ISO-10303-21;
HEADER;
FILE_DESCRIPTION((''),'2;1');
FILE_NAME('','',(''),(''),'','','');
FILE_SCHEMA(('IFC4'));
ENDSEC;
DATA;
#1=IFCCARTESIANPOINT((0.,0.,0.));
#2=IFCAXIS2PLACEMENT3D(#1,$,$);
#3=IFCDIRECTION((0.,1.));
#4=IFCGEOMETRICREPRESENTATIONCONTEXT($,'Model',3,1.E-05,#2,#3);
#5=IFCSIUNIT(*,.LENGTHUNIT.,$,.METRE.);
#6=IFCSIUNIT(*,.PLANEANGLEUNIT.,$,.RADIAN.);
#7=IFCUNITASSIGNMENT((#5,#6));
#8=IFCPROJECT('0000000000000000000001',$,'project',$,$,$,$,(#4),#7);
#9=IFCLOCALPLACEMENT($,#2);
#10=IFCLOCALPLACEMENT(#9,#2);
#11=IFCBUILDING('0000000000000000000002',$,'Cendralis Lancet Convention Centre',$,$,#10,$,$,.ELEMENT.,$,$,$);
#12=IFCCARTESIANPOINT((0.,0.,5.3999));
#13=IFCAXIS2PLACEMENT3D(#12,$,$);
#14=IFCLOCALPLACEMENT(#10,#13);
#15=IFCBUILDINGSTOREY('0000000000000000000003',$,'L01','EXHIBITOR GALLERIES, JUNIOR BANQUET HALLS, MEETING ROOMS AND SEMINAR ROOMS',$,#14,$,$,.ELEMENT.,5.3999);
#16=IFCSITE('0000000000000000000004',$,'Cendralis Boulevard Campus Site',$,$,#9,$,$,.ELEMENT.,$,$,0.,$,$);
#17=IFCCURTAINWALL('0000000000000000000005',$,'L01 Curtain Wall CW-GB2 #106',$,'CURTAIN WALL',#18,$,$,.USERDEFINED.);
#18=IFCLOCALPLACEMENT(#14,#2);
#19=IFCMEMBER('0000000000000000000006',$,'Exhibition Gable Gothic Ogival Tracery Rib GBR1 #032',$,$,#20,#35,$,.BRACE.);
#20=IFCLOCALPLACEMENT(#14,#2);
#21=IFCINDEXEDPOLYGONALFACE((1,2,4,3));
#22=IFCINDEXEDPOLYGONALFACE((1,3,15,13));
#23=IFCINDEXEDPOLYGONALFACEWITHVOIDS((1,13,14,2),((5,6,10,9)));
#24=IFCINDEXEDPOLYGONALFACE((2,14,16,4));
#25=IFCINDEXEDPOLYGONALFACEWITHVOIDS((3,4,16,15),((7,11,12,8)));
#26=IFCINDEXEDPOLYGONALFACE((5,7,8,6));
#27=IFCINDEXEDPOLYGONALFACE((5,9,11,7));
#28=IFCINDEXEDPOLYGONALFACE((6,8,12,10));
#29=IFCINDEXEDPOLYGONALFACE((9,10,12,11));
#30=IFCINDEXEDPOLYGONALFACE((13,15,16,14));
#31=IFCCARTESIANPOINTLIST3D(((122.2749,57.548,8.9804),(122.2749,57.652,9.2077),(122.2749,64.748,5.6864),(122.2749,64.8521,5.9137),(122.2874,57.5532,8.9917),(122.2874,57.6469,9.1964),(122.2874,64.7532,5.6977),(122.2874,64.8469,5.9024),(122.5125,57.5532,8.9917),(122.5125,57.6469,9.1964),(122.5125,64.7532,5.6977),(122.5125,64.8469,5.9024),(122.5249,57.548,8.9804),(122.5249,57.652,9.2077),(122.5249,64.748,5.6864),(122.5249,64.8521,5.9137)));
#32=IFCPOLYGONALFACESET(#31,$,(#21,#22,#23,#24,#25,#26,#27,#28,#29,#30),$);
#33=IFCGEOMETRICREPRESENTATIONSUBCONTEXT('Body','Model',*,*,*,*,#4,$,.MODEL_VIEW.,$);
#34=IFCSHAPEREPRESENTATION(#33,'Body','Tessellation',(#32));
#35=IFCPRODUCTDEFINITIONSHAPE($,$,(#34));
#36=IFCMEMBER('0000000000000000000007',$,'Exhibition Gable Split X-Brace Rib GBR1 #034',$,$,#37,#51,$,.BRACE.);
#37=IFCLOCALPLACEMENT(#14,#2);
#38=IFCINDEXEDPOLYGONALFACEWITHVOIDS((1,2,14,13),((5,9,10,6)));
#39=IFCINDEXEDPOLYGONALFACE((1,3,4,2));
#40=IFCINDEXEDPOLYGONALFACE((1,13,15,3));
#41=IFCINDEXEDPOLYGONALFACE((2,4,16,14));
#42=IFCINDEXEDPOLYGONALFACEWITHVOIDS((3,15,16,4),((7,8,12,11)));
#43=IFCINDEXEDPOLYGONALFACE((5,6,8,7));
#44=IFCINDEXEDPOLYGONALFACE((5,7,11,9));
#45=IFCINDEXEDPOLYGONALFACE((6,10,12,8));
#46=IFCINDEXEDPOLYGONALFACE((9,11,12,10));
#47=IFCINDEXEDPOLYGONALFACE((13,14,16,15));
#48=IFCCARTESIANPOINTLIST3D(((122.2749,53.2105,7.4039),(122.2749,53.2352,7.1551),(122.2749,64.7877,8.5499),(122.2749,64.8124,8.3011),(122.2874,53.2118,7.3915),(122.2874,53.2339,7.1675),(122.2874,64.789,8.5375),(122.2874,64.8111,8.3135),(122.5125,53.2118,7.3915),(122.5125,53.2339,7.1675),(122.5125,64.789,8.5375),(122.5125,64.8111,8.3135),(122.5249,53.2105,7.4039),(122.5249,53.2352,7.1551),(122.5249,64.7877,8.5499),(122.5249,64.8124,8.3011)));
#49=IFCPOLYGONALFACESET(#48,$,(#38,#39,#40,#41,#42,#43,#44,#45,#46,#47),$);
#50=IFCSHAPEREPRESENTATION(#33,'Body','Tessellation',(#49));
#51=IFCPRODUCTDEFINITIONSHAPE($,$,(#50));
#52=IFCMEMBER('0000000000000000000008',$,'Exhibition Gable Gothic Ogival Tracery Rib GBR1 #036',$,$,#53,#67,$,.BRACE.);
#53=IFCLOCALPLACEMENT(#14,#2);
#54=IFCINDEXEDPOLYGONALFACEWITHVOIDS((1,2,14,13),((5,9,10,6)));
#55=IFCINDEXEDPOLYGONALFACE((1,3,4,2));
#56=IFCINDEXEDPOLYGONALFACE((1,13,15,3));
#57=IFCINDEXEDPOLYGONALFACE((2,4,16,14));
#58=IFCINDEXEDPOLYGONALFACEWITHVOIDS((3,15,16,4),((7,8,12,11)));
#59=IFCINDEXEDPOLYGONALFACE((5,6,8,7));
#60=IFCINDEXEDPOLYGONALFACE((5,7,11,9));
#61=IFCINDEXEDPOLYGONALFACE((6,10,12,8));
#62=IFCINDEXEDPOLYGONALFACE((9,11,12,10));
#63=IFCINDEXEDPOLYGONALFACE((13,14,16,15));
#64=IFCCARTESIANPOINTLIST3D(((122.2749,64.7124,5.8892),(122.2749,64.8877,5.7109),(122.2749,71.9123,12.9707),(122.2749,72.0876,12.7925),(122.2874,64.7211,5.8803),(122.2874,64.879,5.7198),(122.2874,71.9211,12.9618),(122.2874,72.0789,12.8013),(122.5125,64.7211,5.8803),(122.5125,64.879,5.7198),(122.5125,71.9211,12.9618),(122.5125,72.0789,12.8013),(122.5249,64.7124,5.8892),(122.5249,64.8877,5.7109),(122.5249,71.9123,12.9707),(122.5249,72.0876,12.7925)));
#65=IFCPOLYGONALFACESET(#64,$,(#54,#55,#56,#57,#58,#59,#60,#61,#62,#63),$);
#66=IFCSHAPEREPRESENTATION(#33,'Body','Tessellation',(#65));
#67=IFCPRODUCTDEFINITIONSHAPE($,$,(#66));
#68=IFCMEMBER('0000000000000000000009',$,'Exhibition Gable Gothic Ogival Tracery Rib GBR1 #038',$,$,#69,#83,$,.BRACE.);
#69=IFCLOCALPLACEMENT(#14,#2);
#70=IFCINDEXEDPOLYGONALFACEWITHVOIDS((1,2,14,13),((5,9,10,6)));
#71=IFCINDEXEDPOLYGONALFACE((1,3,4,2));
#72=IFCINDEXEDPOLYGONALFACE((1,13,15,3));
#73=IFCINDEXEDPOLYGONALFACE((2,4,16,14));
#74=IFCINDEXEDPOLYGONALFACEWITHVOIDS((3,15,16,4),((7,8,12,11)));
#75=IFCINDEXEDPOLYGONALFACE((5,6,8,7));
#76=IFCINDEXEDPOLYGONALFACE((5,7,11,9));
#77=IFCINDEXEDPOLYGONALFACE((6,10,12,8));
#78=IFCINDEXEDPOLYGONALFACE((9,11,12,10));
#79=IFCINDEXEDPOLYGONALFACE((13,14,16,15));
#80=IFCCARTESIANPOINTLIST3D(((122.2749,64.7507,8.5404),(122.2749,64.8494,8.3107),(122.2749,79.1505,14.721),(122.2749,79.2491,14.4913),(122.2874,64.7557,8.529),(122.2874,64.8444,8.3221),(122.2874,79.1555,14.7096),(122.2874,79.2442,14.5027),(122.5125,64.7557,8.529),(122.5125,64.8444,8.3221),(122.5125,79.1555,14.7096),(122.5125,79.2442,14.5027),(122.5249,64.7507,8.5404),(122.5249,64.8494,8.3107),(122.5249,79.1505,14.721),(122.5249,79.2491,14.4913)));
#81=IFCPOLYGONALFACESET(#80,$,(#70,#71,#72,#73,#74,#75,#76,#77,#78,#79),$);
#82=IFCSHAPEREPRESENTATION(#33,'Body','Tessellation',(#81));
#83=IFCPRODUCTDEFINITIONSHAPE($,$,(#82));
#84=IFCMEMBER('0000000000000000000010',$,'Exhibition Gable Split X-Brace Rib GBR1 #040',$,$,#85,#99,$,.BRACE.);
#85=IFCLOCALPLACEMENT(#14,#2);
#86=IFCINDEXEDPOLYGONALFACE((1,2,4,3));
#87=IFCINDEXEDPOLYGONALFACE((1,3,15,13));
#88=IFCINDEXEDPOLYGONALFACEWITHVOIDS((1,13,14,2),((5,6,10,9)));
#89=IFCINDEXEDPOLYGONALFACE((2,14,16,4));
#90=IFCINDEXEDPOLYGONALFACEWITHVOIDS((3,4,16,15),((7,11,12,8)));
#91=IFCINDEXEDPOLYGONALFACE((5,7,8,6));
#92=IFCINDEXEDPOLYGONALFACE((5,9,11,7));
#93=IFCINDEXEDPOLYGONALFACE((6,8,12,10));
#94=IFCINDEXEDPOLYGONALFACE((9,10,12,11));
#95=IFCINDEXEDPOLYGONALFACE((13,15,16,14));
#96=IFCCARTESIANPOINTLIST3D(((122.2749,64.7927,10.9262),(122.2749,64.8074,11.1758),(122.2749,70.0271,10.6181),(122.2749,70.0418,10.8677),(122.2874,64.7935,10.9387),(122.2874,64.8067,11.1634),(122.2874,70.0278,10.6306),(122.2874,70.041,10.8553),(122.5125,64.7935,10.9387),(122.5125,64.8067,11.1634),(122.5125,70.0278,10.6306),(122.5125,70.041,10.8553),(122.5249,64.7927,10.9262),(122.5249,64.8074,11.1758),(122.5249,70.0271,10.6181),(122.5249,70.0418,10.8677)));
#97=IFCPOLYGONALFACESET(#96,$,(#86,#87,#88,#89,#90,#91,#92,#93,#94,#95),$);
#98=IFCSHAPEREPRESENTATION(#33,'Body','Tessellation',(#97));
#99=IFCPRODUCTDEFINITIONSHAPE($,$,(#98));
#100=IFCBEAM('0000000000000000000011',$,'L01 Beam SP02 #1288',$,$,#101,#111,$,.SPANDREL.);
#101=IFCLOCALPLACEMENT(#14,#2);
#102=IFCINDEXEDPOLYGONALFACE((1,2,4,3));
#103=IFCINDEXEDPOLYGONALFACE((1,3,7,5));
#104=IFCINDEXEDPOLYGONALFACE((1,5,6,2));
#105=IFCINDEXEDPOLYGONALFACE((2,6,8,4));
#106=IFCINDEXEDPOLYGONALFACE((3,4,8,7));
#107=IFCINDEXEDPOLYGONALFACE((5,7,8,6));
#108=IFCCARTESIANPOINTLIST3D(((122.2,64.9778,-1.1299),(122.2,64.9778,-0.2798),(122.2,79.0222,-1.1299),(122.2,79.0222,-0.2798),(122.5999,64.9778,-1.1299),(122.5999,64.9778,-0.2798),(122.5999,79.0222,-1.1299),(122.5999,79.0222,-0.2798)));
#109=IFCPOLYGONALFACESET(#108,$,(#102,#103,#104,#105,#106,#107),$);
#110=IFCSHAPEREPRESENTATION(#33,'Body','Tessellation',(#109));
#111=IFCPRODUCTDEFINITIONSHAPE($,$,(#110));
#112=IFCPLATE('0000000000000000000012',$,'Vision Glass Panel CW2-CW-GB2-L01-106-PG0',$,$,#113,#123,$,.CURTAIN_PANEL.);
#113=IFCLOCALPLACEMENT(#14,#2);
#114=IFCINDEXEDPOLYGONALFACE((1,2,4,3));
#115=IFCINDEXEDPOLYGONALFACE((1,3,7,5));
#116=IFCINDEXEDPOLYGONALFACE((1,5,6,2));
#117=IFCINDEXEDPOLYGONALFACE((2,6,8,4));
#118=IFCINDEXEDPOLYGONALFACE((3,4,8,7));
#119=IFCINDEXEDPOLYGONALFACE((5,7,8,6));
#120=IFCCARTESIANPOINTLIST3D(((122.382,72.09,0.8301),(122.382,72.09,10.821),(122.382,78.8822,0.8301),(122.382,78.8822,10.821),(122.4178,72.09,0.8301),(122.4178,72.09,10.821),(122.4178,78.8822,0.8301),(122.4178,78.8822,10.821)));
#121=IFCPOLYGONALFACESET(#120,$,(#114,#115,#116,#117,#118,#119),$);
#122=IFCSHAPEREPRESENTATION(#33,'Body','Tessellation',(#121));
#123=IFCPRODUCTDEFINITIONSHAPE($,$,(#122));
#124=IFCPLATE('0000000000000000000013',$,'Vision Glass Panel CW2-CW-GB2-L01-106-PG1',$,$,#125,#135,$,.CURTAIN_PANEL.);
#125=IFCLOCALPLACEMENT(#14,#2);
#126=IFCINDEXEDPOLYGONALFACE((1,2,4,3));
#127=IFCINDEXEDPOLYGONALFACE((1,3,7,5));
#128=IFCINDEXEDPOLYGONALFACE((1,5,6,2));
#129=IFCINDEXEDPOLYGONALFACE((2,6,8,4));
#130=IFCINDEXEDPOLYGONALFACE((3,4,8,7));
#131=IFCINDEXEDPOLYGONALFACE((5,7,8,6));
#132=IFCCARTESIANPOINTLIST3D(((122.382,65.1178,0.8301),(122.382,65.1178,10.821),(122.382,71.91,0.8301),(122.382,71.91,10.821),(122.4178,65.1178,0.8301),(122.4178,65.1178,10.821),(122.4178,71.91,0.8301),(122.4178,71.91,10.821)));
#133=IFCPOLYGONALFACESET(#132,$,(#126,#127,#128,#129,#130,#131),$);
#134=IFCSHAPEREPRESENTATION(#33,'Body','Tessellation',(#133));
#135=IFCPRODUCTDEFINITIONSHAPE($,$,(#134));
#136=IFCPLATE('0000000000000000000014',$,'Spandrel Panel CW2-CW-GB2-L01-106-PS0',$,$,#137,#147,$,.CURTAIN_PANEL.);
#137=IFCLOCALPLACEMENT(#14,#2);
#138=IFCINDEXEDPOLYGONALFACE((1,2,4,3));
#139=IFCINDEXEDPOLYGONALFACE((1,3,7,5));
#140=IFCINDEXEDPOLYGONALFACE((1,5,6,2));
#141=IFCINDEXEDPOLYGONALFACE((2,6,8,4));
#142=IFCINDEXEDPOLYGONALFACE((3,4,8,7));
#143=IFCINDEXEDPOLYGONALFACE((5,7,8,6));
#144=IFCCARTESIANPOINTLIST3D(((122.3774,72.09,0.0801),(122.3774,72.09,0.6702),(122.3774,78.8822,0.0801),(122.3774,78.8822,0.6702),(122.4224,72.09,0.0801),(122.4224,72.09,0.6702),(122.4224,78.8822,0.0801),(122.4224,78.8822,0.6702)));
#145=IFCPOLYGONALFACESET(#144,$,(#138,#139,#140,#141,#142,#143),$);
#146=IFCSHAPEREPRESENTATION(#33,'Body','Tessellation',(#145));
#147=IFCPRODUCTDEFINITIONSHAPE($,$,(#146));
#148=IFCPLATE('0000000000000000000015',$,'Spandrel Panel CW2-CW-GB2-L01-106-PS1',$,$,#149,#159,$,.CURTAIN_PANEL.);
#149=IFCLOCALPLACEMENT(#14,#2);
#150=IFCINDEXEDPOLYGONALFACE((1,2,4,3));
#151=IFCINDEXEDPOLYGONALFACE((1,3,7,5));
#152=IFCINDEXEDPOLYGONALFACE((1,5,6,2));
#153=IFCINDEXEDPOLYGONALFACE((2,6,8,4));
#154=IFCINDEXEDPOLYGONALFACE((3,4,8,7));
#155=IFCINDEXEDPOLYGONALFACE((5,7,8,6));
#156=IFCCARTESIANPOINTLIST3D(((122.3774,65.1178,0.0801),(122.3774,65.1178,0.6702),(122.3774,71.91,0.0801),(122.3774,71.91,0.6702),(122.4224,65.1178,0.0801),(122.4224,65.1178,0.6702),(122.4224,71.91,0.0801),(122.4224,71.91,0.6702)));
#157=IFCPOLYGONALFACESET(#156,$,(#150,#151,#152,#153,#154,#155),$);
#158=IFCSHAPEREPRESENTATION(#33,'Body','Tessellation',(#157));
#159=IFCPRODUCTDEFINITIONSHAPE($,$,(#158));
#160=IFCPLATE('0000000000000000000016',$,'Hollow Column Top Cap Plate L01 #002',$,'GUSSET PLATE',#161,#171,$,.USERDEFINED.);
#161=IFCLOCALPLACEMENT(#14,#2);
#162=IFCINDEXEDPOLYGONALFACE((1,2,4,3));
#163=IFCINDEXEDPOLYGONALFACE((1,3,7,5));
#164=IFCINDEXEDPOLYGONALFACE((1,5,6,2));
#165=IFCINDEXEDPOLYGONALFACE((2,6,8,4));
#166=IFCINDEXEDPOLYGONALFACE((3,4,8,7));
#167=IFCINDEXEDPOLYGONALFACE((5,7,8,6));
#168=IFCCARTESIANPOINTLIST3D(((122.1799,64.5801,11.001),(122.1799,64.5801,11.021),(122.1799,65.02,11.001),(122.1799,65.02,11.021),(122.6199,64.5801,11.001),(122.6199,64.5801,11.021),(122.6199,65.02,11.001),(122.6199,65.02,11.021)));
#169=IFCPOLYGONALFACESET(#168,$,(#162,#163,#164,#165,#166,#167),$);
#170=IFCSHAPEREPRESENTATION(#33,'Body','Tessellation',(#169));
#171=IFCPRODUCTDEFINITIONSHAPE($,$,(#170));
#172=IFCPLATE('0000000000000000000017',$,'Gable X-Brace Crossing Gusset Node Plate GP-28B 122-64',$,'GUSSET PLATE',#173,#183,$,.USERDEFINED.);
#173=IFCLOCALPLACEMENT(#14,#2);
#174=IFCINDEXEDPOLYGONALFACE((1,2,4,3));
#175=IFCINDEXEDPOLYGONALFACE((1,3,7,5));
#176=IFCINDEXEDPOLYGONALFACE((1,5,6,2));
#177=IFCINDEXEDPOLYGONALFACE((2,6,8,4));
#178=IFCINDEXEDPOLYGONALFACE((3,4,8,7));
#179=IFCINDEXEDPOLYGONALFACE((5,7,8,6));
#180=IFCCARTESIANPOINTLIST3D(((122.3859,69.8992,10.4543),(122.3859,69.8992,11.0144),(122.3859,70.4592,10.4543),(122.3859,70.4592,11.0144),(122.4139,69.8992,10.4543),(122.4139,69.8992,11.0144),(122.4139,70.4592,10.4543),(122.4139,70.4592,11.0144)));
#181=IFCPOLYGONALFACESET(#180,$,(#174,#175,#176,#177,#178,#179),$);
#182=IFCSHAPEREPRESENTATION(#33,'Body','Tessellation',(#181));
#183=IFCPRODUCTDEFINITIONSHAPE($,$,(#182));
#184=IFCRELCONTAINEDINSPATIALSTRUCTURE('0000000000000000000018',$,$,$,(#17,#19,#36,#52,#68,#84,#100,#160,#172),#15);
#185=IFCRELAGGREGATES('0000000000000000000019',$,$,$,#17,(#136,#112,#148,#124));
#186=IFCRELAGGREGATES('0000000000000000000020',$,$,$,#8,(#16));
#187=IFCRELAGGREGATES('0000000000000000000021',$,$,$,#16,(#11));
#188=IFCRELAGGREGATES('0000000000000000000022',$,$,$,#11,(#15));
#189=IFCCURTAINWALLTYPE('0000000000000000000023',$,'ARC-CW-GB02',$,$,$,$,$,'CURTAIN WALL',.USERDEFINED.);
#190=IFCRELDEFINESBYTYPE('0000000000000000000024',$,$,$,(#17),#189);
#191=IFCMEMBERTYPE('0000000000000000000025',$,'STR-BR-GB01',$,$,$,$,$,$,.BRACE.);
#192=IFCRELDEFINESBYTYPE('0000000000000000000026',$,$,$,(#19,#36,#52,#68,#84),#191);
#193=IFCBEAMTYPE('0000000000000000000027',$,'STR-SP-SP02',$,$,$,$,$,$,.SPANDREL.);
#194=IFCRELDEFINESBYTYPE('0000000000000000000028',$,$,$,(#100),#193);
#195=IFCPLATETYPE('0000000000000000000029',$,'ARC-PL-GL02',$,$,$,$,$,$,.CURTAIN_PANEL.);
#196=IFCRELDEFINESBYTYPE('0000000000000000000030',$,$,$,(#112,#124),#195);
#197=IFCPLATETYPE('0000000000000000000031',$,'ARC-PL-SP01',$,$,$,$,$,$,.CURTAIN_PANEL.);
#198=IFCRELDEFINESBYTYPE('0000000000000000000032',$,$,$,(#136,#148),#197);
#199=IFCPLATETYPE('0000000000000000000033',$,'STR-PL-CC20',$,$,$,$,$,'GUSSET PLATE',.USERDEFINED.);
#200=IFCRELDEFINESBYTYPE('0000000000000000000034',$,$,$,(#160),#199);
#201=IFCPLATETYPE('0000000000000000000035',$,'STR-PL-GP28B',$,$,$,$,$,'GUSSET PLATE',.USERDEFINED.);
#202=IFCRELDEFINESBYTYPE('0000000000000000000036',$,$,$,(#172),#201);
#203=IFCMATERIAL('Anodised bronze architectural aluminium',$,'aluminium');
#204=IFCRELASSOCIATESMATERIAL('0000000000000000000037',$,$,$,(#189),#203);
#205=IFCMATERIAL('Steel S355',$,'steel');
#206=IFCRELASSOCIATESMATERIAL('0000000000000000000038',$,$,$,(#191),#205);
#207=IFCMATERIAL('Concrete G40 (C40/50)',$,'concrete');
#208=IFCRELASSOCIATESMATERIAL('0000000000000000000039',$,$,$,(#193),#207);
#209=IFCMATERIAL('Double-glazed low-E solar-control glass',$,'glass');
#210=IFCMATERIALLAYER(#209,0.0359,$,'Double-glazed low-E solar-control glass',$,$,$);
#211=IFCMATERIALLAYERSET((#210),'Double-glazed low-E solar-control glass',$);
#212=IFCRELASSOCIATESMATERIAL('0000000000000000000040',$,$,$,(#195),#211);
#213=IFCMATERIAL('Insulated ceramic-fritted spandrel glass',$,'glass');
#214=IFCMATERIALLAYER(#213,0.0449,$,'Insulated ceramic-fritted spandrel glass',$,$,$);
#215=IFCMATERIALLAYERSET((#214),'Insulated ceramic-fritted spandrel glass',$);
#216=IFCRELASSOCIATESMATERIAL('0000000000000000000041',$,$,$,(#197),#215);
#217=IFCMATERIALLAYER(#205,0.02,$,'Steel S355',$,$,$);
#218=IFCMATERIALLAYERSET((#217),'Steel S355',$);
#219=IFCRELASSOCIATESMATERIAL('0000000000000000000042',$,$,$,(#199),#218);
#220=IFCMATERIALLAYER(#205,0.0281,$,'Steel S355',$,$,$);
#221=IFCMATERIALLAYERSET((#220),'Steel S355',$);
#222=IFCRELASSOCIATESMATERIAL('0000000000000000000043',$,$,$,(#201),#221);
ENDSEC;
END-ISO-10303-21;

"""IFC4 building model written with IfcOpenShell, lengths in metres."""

from ifc_helpers import new_model, si_unit, direction, frame, origin, origin_2d, place, context, subcontext, project, spatial, rectangle, hollow_rectangle, extrude, material, layer, layer_set, material_profile, profile_set, type_object, element, aggregate, save


model = new_model("IFC4")

# Units and contexts
model_context = context("Model", 3, precision=1e-05, world=origin(), true_north=direction((0.0, 1.0)))
body_context = subcontext(model_context, "Body", "Model", "MODEL_VIEW")
ifc_project = project(units=[si_unit("LENGTHUNIT", "METRE"), si_unit("PLANEANGLEUNIT", "RADIAN")], contexts=[model_context])

# Site, building, storey
site_placement = place(None, origin())
site = spatial("IfcSite", under=ifc_project, at=site_placement, Name="Cendralis Boulevard Campus Site", CompositionType="ELEMENT", RefElevation=0.0)
building_placement = place(site_placement, origin())
building = spatial("IfcBuilding", under=site, at=building_placement, Name="Cendralis Lancet Convention Centre", CompositionType="ELEMENT")
storey_placement = place(building_placement, frame((0.0, 0.0, 5.3999)))
storey = spatial("IfcBuildingStorey", under=building, at=storey_placement, Name="L01", Description="EXHIBITOR GALLERIES, JUNIOR BANQUET HALLS, MEETING ROOMS AND SEMINAR ROOMS", CompositionType="ELEMENT", Elevation=5.3999)

# Shared definitions
ifc_material_1 = material(Name="Steel S355", Category="steel")

# Curtain wall
ifc_material_2 = material(Name="Anodised bronze architectural aluminium", Category="aluminium")
curtain_wall_type = type_object("IfcCurtainWallType", Name="ARC-CW-GB02", ElementType="CURTAIN WALL", PredefinedType="USERDEFINED", material=ifc_material_2)
curtain_wall_placement = place(storey_placement, origin())
curtain_wall = element("IfcCurtainWall", 1, at=curtain_wall_placement, inside=storey, type_object=curtain_wall_type, Name="L01 Curtain Wall CW-GB2 #106", ObjectType="CURTAIN WALL", PredefinedType="USERDEFINED")

# Members
ifc_material_profile_1 = material_profile(ifc_material_1, hollow_rectangle(XDim=0.25, YDim=0.25, WallThickness=0.0125, at=origin_2d()), Name="SHS 250x250x12.5")
ifc_profile_set_1 = profile_set([ifc_material_profile_1], Name="Steel S355")
member_type_1 = type_object("IfcMemberType", Name="STR-BR-GB01", PredefinedType="BRACE", material=ifc_profile_set_1)
member_1_placement = place(storey_placement, frame((122.3999, 64.8, 5.8), z_axis=(0.0, -0.909353, 0.416025), x_axis=(1.0, 0.0, 0.0)))
element("IfcMember", 2, at=member_1_placement, inside=storey, type_object=member_type_1, Name="Exhibition Gable Gothic Ogival Tracery Rib GBR1 #032", PredefinedType="BRACE", context=body_context, shape_type="SweptSolid", body=[
    extrude(hollow_rectangle(XDim=0.25, YDim=0.25, WallThickness=0.0125, at=origin_2d()), origin(), (0.0, 0.0, 1.0), 7.9177),
])
member_2_placement = place(storey_placement, frame((122.3999, 64.8, 8.4255), z_axis=(0.0, -0.995136, -0.098506), x_axis=(1.0, 0.0, 0.0)))
element("IfcMember", 3, at=member_2_placement, inside=storey, type_object=member_type_1, Name="Exhibition Gable Split X-Brace Rib GBR1 #034", PredefinedType="BRACE", context=body_context, shape_type="SweptSolid", body=[
    extrude(hollow_rectangle(XDim=0.25, YDim=0.25, WallThickness=0.0125, at=origin_2d()), origin(), (0.0, 0.0, 1.0), 11.6338),
])
member_3_placement = place(storey_placement, frame((122.3999, 64.8, 5.8), z_axis=(0.0, 0.712945, 0.70122), x_axis=(-1.0, 0.0, 0.0)))
element("IfcMember", 4, at=member_3_placement, inside=storey, type_object=member_type_1, Name="Exhibition Gable Gothic Ogival Tracery Rib GBR1 #036", PredefinedType="BRACE", context=body_context, shape_type="SweptSolid", body=[
    extrude(hollow_rectangle(XDim=0.25, YDim=0.25, WallThickness=0.0125, at=origin_2d()), origin(), (0.0, 0.0, 1.0), 10.0989),
])
member_4_placement = place(storey_placement, frame((122.3999, 64.8, 8.4255), z_axis=(0.0, 0.918931, 0.394419), x_axis=(-1.0, 0.0, 0.0)))
element("IfcMember", 5, at=member_4_placement, inside=storey, type_object=member_type_1, Name="Exhibition Gable Gothic Ogival Tracery Rib GBR1 #038", PredefinedType="BRACE", context=body_context, shape_type="SweptSolid", body=[
    extrude(hollow_rectangle(XDim=0.25, YDim=0.25, WallThickness=0.0125, at=origin_2d()), origin(), (0.0, 0.0, 1.0), 15.6702),
])
member_5_placement = place(storey_placement, frame((122.3999, 70.0344, 10.7429), z_axis=(0.0, -0.998272, 0.05876), x_axis=(1.0, 0.0, 0.0)))
element("IfcMember", 6, at=member_5_placement, inside=storey, type_object=member_type_1, Name="Exhibition Gable Split X-Brace Rib GBR1 #040", PredefinedType="BRACE", context=body_context, shape_type="SweptSolid", body=[
    extrude(hollow_rectangle(XDim=0.25, YDim=0.25, WallThickness=0.0125, at=origin_2d()), origin(), (0.0, 0.0, 1.0), 5.2434),
])

# Beam
ifc_material_3 = material(Name="Concrete G40 (C40/50)", Category="concrete")
ifc_material_profile_2 = material_profile(ifc_material_3, rectangle(XDim=0.3999, YDim=0.8501, at=origin_2d()), Name="RCB 400x850")
ifc_profile_set_2 = profile_set([ifc_material_profile_2], Name="Concrete G40 (C40/50)")
beam_type_1 = type_object("IfcBeamType", Name="STR-SP-SP02", PredefinedType="SPANDREL", material=ifc_profile_set_2)
beam_1_placement = place(storey_placement, frame((122.3999, 64.9778, -0.7048), z_axis=(0.0, 1.0, 0.0), x_axis=(-1.0, 0.0, 0.0)))
element("IfcBeam", 7, at=beam_1_placement, inside=storey, type_object=beam_type_1, Name="L01 Beam SP02 #1288", PredefinedType="SPANDREL", context=body_context, shape_type="SweptSolid", body=[
    extrude(rectangle(XDim=0.3999, YDim=0.8501, at=origin_2d()), origin(), (0.0, 0.0, 1.0), 14.0444),
])

# Plates
ifc_material_4 = material(Name="Double-glazed low-E solar-control glass", Category="glass")
ifc_layer_1 = layer(ifc_material_4, 0.0359, Name="Double-glazed low-E solar-control glass")
ifc_layer_set_1 = layer_set([ifc_layer_1], Name="Double-glazed low-E solar-control glass")
plate_type_1 = type_object("IfcPlateType", Name="ARC-PL-GL02", PredefinedType="CURTAIN_PANEL", material=ifc_layer_set_1)
plate_1_placement = place(storey_placement, frame((122.3999, 75.4861, 0.8301), z_axis=(0.0, 0.0, 1.0), x_axis=(0.0, -1.0, 0.0)))
plate_1 = element("IfcPlate", 8, at=plate_1_placement, type_object=plate_type_1, Name="Vision Glass Panel CW2-CW-GB2-L01-106-PG0", PredefinedType="CURTAIN_PANEL", context=body_context, shape_type="SweptSolid", body=[
    extrude(rectangle(XDim=6.7922, YDim=0.0359, at=origin_2d()), origin(), (0.0, 0.0, 1.0), 9.991),
])
plate_2_placement = place(storey_placement, frame((122.3999, 68.5139, 0.8301), z_axis=(0.0, 0.0, 1.0), x_axis=(0.0, -1.0, 0.0)))
plate_2 = element("IfcPlate", 9, at=plate_2_placement, type_object=plate_type_1, Name="Vision Glass Panel CW2-CW-GB2-L01-106-PG1", PredefinedType="CURTAIN_PANEL", context=body_context, shape_type="SweptSolid", body=[
    extrude(rectangle(XDim=6.7922, YDim=0.0359, at=origin_2d()), origin(), (0.0, 0.0, 1.0), 9.991),
])
ifc_material_5 = material(Name="Insulated ceramic-fritted spandrel glass", Category="glass")
ifc_layer_2 = layer(ifc_material_5, 0.0449, Name="Insulated ceramic-fritted spandrel glass")
ifc_layer_set_2 = layer_set([ifc_layer_2], Name="Insulated ceramic-fritted spandrel glass")
plate_type_2 = type_object("IfcPlateType", Name="ARC-PL-SP01", PredefinedType="CURTAIN_PANEL", material=ifc_layer_set_2)
plate_3_placement = place(storey_placement, frame((122.3999, 75.4861, 0.0801), z_axis=(0.0, 0.0, 1.0), x_axis=(0.0, -1.0, 0.0)))
plate_3 = element("IfcPlate", 10, at=plate_3_placement, type_object=plate_type_2, Name="Spandrel Panel CW2-CW-GB2-L01-106-PS0", PredefinedType="CURTAIN_PANEL", context=body_context, shape_type="SweptSolid", body=[
    extrude(rectangle(XDim=6.7922, YDim=0.0449, at=origin_2d()), origin(), (0.0, 0.0, 1.0), 0.5901),
])
plate_4_placement = place(storey_placement, frame((122.3999, 68.5139, 0.0801), z_axis=(0.0, 0.0, 1.0), x_axis=(0.0, -1.0, 0.0)))
plate_4 = element("IfcPlate", 11, at=plate_4_placement, type_object=plate_type_2, Name="Spandrel Panel CW2-CW-GB2-L01-106-PS1", PredefinedType="CURTAIN_PANEL", context=body_context, shape_type="SweptSolid", body=[
    extrude(rectangle(XDim=6.7922, YDim=0.0449, at=origin_2d()), origin(), (0.0, 0.0, 1.0), 0.5901),
])
aggregate(curtain_wall, [plate_3, plate_1, plate_4, plate_2])

# Plates
ifc_layer_3 = layer(ifc_material_1, 0.02, Name="Steel S355")
ifc_layer_set_3 = layer_set([ifc_layer_3], Name="Steel S355")
plate_type_3 = type_object("IfcPlateType", Name="STR-PL-CC20", ElementType="GUSSET PLATE", PredefinedType="USERDEFINED", material=ifc_layer_set_3)
plate_5_placement = place(storey_placement, frame((122.3999, 64.8, 11.001), z_axis=(0.0, 0.0, 1.0), x_axis=(1.0, 0.0, 0.0)))
element("IfcPlate", 12, at=plate_5_placement, inside=storey, type_object=plate_type_3, Name="Hollow Column Top Cap Plate L01 #002", ObjectType="GUSSET PLATE", PredefinedType="USERDEFINED", context=body_context, shape_type="SweptSolid", body=[
    extrude(rectangle(XDim=0.4399, YDim=0.4399, at=origin_2d()), origin(), (0.0, 0.0, 1.0), 0.02),
])
ifc_layer_4 = layer(ifc_material_1, 0.0281, Name="Steel S355")
ifc_layer_set_4 = layer_set([ifc_layer_4], Name="Steel S355")
plate_type_4 = type_object("IfcPlateType", Name="STR-PL-GP28B", ElementType="GUSSET PLATE", PredefinedType="USERDEFINED", material=ifc_layer_set_4)
plate_6_placement = place(storey_placement, frame((122.3999, 70.1792, 10.4543), z_axis=(0.0, 0.0, 1.0), x_axis=(0.0, 1.0, 0.0)))
element("IfcPlate", 13, at=plate_6_placement, inside=storey, type_object=plate_type_4, Name="Gable X-Brace Crossing Gusset Node Plate GP-28B 122-64", ObjectType="GUSSET PLATE", PredefinedType="USERDEFINED", context=body_context, shape_type="SweptSolid", body=[
    extrude(rectangle(XDim=0.5601, YDim=0.0281, at=origin_2d()), origin(), (0.0, 0.0, 1.0), 0.5601),
])

save(model, "model.ifc")
